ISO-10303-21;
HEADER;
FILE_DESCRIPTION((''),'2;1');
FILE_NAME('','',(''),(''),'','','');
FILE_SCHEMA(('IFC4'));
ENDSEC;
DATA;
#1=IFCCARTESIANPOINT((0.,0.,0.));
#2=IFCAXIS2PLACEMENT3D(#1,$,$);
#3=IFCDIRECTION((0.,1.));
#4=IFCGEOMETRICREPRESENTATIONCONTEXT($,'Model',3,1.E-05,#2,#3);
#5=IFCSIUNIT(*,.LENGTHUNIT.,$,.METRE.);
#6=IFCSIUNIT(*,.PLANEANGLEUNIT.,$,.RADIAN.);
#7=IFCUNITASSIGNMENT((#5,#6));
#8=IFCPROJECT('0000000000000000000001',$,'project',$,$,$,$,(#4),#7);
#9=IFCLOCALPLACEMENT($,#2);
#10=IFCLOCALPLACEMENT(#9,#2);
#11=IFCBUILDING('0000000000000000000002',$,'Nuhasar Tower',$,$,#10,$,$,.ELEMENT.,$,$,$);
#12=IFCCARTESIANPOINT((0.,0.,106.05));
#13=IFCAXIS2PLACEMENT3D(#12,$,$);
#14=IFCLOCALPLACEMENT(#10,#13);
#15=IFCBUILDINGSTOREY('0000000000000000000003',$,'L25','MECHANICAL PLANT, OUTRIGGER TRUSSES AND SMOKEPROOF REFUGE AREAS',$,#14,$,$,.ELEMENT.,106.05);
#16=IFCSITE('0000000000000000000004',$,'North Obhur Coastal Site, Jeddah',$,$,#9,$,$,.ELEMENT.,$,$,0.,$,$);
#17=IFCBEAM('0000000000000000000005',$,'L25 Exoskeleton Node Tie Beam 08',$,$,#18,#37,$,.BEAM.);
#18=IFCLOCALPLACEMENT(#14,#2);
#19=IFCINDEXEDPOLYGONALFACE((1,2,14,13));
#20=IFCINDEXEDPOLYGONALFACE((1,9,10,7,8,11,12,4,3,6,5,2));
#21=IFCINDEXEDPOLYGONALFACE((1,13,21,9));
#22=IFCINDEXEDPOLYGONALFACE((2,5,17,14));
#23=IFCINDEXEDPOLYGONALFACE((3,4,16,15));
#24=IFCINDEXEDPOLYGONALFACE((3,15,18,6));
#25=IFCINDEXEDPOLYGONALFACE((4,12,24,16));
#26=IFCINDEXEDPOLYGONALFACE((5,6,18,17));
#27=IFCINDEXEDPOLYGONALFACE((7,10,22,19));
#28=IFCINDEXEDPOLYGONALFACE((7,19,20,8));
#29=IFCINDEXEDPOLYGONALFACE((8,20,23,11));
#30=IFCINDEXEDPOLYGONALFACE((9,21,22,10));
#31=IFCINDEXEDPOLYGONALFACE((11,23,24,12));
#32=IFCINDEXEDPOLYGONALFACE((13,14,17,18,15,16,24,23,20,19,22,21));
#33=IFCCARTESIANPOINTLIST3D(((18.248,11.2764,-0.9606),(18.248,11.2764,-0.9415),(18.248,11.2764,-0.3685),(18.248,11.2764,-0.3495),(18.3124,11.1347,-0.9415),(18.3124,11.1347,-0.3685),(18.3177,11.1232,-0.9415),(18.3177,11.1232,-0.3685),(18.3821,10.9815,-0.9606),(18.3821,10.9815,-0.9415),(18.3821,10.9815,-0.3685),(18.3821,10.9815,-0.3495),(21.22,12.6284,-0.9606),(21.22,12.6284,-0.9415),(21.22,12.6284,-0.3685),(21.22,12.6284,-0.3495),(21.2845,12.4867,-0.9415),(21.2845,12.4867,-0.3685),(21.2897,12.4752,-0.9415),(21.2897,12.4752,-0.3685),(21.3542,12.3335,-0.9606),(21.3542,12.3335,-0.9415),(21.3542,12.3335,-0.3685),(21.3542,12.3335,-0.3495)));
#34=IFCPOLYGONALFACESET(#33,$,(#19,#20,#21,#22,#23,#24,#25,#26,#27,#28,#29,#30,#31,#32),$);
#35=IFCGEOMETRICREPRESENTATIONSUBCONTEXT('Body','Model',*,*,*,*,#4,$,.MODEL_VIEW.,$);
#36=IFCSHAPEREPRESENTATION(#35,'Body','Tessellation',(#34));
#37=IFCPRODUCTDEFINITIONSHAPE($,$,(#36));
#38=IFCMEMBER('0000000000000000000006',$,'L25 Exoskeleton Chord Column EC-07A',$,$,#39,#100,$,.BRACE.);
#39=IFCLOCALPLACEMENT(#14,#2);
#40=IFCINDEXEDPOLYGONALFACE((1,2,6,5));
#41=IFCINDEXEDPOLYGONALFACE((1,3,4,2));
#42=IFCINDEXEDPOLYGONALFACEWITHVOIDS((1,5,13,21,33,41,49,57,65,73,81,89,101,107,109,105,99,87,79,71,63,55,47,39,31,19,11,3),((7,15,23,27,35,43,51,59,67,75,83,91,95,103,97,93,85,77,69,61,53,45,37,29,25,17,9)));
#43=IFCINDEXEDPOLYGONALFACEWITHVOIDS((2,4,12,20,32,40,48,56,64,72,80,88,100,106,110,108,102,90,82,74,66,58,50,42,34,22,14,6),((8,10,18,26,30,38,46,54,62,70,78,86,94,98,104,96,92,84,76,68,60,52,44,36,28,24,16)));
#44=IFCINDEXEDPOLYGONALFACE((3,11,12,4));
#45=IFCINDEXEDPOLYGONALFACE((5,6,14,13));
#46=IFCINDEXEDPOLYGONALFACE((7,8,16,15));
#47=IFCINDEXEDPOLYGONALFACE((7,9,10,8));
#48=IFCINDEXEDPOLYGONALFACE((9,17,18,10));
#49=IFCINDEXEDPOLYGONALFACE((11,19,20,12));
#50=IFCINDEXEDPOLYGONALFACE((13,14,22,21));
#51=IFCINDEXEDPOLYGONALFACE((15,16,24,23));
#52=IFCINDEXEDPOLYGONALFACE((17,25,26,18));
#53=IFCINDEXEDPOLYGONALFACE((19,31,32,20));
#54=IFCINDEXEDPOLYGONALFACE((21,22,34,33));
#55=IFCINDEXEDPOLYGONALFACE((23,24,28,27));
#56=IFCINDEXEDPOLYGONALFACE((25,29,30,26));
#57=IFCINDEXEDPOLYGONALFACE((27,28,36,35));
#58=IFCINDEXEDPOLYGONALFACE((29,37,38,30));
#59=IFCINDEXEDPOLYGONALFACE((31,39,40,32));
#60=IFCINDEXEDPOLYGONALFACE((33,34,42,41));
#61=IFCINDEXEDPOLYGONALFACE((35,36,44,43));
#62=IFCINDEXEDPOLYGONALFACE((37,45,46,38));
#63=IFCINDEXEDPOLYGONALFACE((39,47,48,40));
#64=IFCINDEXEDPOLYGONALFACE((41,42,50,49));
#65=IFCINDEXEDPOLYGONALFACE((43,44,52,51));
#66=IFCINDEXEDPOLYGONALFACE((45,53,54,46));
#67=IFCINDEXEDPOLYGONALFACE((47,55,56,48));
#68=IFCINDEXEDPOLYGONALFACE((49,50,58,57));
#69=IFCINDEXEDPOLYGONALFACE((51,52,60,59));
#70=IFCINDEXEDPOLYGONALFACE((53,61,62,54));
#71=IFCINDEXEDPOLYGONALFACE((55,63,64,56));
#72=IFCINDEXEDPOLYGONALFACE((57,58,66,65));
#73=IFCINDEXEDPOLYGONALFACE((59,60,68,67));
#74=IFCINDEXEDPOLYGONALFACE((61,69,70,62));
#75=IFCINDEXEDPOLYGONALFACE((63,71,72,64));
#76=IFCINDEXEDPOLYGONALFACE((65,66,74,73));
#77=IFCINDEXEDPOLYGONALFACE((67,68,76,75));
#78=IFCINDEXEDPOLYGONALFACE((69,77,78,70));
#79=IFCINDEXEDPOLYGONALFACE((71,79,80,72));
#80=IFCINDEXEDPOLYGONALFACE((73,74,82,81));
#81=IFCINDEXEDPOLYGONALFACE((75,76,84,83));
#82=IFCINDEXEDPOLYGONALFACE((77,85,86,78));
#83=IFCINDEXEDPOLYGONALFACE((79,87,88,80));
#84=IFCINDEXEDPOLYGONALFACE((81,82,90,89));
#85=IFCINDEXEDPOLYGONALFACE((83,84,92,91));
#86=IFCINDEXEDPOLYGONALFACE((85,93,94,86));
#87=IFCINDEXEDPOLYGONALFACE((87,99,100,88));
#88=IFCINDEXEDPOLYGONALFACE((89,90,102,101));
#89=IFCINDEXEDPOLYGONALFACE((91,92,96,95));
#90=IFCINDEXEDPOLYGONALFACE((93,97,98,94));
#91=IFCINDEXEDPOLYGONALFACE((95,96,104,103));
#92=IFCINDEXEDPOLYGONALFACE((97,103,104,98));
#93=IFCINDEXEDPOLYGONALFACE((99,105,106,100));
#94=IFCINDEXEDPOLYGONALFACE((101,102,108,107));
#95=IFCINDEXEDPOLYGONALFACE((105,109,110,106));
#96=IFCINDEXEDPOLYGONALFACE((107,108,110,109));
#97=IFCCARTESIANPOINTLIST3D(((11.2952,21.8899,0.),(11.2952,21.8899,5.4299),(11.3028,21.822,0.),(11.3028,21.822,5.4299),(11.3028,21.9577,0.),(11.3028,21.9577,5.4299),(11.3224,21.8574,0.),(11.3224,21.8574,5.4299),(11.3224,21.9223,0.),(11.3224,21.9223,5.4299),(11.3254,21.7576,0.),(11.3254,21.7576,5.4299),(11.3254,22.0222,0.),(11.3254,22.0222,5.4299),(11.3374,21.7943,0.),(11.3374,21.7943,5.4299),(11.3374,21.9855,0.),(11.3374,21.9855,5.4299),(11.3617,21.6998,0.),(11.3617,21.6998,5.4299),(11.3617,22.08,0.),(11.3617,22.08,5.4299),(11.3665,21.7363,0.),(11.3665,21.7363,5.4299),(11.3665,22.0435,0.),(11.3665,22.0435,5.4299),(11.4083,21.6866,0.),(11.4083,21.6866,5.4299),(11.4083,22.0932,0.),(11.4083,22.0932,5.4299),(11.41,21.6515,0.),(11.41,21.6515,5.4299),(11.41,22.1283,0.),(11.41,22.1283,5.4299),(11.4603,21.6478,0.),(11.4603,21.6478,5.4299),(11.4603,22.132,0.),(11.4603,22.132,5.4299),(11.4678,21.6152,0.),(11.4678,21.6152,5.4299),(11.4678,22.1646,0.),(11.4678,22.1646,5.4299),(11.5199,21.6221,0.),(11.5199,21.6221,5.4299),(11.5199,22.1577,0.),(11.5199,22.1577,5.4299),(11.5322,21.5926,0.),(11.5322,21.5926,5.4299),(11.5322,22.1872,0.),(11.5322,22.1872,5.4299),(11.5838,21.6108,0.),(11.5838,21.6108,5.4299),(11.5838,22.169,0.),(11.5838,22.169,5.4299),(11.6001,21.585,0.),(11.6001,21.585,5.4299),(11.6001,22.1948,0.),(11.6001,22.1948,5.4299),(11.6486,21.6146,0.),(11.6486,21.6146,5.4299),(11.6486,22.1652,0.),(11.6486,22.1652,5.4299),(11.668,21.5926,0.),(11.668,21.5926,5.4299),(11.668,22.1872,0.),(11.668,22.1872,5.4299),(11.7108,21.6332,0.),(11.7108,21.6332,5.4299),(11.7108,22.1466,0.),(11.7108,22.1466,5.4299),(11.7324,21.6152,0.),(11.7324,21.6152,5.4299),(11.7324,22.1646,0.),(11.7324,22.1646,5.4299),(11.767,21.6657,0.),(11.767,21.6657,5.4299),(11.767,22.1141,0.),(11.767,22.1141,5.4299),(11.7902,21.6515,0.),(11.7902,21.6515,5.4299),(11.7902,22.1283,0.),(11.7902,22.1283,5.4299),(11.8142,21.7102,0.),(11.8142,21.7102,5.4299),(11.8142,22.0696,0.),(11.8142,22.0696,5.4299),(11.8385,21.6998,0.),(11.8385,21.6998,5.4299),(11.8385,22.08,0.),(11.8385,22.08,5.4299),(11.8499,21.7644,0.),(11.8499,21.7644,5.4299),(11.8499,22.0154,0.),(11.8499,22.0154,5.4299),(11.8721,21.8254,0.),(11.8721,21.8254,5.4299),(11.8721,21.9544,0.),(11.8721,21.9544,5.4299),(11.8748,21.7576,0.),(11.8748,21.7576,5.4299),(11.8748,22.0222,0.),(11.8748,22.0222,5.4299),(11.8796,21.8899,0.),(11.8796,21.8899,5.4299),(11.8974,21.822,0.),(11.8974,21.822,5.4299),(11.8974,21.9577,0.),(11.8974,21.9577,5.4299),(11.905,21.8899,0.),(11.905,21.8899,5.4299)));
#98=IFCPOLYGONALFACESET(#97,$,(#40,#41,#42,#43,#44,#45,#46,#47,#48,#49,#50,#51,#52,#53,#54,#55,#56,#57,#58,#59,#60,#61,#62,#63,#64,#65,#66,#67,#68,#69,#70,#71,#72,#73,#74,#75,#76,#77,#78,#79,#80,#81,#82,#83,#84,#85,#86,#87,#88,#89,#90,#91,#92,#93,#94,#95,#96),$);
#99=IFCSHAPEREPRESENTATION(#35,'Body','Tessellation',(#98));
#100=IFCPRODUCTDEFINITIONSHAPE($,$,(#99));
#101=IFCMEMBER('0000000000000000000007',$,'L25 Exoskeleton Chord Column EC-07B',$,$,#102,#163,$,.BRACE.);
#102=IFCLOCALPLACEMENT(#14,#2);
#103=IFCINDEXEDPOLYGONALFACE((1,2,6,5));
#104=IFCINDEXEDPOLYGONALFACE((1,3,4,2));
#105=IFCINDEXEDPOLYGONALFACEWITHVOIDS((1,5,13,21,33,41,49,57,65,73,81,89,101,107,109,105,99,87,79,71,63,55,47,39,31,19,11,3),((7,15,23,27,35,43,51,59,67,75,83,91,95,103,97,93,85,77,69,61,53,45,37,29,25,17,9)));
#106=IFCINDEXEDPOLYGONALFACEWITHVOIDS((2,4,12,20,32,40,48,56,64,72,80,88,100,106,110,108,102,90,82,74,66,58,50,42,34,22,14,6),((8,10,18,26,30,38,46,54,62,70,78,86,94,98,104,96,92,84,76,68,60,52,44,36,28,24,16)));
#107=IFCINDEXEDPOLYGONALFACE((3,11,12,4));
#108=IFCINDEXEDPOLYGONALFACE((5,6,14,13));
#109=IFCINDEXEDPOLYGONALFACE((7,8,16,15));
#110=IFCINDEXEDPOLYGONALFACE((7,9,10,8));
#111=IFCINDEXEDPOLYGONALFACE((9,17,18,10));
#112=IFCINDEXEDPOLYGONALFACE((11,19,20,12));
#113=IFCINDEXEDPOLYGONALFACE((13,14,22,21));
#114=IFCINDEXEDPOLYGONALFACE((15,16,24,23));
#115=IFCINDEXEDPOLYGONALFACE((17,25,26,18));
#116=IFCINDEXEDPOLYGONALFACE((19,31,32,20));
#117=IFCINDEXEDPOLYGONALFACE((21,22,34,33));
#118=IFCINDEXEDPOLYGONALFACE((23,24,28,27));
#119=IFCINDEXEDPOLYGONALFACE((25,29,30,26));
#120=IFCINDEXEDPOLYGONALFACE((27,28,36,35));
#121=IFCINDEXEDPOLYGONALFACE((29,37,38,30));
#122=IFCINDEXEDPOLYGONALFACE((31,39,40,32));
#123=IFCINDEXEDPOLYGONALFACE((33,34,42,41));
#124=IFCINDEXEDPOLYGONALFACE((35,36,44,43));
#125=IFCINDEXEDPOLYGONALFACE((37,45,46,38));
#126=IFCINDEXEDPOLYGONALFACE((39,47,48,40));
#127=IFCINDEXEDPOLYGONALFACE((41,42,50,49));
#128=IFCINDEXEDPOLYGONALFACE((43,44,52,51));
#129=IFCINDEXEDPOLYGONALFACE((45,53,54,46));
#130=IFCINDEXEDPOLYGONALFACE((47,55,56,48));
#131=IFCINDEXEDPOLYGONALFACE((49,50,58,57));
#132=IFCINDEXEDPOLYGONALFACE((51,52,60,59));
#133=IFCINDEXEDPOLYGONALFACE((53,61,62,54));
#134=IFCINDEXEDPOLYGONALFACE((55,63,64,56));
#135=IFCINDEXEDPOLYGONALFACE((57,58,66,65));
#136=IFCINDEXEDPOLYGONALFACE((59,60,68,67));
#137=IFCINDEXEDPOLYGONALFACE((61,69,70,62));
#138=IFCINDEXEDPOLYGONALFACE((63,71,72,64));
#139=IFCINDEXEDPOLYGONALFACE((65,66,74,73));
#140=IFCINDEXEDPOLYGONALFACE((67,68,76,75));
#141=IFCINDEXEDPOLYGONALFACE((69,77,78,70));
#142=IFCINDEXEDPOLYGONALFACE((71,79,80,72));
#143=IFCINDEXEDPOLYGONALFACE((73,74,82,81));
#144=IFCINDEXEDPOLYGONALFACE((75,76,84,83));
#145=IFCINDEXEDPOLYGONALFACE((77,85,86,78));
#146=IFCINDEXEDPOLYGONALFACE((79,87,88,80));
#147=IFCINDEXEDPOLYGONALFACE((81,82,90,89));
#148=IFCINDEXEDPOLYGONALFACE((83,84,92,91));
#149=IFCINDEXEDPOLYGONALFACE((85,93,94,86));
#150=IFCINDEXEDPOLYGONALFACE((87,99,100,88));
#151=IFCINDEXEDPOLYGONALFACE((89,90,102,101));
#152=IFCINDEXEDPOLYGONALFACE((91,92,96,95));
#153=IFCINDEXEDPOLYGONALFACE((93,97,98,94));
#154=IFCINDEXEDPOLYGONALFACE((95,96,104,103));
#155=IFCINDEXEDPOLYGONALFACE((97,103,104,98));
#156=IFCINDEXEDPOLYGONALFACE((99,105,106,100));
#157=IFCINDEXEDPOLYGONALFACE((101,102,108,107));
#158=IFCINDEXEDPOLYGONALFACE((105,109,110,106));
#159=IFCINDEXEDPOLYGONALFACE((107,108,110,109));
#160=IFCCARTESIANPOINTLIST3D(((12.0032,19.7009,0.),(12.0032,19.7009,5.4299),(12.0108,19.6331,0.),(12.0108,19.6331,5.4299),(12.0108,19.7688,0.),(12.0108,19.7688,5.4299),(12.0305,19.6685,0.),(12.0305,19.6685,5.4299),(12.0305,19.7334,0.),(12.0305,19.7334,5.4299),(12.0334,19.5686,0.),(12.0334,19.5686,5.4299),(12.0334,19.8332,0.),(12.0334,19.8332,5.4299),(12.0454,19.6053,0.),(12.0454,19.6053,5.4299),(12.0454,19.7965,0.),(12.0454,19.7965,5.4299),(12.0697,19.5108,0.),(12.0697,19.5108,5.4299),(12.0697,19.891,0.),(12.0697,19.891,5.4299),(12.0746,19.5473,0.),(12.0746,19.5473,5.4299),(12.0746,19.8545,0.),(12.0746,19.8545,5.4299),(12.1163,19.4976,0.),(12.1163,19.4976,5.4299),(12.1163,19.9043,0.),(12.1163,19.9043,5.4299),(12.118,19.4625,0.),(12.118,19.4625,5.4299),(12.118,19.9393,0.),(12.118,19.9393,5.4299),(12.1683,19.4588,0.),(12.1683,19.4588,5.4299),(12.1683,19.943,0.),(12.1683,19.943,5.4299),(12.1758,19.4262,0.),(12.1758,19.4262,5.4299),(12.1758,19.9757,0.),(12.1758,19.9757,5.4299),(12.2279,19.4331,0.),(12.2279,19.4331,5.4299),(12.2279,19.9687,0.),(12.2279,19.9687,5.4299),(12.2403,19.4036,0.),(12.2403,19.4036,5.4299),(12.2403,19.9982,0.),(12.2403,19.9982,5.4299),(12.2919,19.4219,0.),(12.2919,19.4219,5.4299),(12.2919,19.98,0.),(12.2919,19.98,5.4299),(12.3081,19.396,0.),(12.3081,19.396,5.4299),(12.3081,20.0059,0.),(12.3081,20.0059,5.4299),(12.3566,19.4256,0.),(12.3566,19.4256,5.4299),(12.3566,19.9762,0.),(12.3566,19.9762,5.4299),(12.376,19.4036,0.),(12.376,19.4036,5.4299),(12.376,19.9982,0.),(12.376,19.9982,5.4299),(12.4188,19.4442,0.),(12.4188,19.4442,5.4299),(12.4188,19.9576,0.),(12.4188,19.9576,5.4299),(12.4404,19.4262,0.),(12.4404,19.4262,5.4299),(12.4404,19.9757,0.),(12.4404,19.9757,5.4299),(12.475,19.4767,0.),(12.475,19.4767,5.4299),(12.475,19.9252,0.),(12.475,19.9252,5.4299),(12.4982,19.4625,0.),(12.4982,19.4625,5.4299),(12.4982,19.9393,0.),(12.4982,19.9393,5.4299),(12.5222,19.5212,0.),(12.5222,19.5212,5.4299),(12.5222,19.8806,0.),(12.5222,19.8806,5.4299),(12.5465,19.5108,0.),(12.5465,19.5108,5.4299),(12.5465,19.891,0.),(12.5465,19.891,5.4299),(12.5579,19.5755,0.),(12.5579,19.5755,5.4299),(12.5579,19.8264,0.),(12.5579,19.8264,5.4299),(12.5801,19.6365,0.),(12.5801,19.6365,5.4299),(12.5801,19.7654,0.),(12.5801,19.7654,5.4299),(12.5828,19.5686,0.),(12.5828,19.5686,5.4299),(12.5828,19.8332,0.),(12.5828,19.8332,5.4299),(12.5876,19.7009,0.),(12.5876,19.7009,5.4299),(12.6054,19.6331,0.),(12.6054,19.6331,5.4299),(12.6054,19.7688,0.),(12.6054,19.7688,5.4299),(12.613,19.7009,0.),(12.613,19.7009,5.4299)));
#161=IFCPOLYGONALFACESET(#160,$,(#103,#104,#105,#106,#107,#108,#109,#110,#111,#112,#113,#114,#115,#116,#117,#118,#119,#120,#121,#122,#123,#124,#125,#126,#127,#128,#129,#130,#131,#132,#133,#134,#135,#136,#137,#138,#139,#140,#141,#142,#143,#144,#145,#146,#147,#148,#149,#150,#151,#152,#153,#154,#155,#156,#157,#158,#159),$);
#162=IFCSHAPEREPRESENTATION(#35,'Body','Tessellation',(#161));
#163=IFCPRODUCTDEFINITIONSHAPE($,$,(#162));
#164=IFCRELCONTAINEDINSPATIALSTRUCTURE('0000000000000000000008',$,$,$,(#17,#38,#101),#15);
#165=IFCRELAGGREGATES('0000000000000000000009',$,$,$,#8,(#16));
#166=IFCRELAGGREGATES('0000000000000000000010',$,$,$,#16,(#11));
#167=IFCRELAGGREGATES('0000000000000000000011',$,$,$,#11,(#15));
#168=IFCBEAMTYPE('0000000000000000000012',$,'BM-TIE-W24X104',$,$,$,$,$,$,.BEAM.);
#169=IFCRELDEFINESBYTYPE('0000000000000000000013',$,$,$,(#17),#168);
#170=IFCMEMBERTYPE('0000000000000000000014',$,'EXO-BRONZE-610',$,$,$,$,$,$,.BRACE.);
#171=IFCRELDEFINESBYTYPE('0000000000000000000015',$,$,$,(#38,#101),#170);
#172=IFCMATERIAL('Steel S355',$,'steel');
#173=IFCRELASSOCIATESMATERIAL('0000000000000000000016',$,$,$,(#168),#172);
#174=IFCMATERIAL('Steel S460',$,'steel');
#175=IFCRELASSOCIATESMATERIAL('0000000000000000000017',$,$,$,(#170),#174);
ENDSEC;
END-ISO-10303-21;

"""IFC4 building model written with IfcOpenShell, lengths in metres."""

from ifc_helpers import new_model, si_unit, direction, frame, origin, origin_2d, place, context, subcontext, project, spatial, hollow_circle, i_section, extrude, material, material_profile, profile_set, type_object, element, save


model = new_model("IFC4")

# Units and contexts
model_context = context("Model", 3, precision=1e-05, world=origin(), true_north=direction((0.0, 1.0)))
body_context = subcontext(model_context, "Body", "Model", "MODEL_VIEW")
ifc_project = project(units=[si_unit("LENGTHUNIT", "METRE"), si_unit("PLANEANGLEUNIT", "RADIAN")], contexts=[model_context])

# Site, building, storey
site_placement = place(None, origin())
site = spatial("IfcSite", under=ifc_project, at=site_placement, Name="North Obhur Coastal Site, Jeddah", CompositionType="ELEMENT", RefElevation=0.0)
building_placement = place(site_placement, origin())
building = spatial("IfcBuilding", under=site, at=building_placement, Name="Nuhasar Tower", CompositionType="ELEMENT")
storey_placement = place(building_placement, frame((0.0, 0.0, 106.05)))
storey = spatial("IfcBuildingStorey", under=building, at=storey_placement, Name="L25", Description="MECHANICAL PLANT, OUTRIGGER TRUSSES AND SMOKEPROOF REFUGE AREAS", CompositionType="ELEMENT", Elevation=106.05)

# Shared definitions
ifc_material_1 = material(Name="Steel S460", Category="steel")

# Beam
ifc_material_2 = material(Name="Steel S355", Category="steel")
ifc_material_profile_1 = material_profile(ifc_material_2, i_section(OverallWidth=0.324, OverallDepth=0.6111, WebThickness=0.0127, FlangeThickness=0.019, at=origin_2d()), Name="W24X104")
ifc_profile_set_1 = profile_set([ifc_material_profile_1], Name="Steel S355")
beam_type_1 = type_object("IfcBeamType", Name="BM-TIE-W24X104", PredefinedType="BEAM", material=ifc_profile_set_1)
beam_1_placement = place(storey_placement, frame((21.2871, 12.481, -0.655), z_axis=(-0.910244, -0.414073, 0.0), x_axis=(0.414073, -0.910244, 0.0)))
element("IfcBeam", 1, at=beam_1_placement, inside=storey, type_object=beam_type_1, Name="L25 Exoskeleton Node Tie Beam 08", PredefinedType="BEAM", context=body_context, shape_type="SweptSolid", body=[
    extrude(i_section(OverallWidth=0.324, OverallDepth=0.6111, WebThickness=0.0127, FlangeThickness=0.019, at=origin_2d()), origin(), (0.0, 0.0, 1.0), 3.2651),
])

# Members
ifc_material_profile_2 = material_profile(ifc_material_1, hollow_circle(Radius=0.3049, WallThickness=0.0254, at=origin_2d()), Name="HSS610X25.4")
ifc_profile_set_2 = profile_set([ifc_material_profile_2], Name="Steel S460")
member_type_1 = type_object("IfcMemberType", Name="EXO-BRONZE-610", PredefinedType="BRACE", material=ifc_profile_set_2)
for number, where, z_axis, x_axis, name in (
    (2, (11.6001, 21.8899, 0.0), (0.0, 0.0, 1.0), (1.0, 0.0, 0.0), "L25 Exoskeleton Chord Column EC-07A"),
    (3, (12.3081, 19.7009, 0.0), (0.0, 0.0, 1.0), (1.0, 0.0, 0.0), "L25 Exoskeleton Chord Column EC-07B"),
):
    element("IfcMember", number, at=place(storey_placement, frame(where, z_axis=z_axis, x_axis=x_axis)), inside=storey, type_object=member_type_1, Name=name, PredefinedType="BRACE", context=body_context, shape_type="SweptSolid", body=[
        extrude(hollow_circle(Radius=0.3049, WallThickness=0.0254, at=origin_2d()), origin(), (0.0, 0.0, 1.0), 5.4299),
    ])

save(model, "model.ifc")
